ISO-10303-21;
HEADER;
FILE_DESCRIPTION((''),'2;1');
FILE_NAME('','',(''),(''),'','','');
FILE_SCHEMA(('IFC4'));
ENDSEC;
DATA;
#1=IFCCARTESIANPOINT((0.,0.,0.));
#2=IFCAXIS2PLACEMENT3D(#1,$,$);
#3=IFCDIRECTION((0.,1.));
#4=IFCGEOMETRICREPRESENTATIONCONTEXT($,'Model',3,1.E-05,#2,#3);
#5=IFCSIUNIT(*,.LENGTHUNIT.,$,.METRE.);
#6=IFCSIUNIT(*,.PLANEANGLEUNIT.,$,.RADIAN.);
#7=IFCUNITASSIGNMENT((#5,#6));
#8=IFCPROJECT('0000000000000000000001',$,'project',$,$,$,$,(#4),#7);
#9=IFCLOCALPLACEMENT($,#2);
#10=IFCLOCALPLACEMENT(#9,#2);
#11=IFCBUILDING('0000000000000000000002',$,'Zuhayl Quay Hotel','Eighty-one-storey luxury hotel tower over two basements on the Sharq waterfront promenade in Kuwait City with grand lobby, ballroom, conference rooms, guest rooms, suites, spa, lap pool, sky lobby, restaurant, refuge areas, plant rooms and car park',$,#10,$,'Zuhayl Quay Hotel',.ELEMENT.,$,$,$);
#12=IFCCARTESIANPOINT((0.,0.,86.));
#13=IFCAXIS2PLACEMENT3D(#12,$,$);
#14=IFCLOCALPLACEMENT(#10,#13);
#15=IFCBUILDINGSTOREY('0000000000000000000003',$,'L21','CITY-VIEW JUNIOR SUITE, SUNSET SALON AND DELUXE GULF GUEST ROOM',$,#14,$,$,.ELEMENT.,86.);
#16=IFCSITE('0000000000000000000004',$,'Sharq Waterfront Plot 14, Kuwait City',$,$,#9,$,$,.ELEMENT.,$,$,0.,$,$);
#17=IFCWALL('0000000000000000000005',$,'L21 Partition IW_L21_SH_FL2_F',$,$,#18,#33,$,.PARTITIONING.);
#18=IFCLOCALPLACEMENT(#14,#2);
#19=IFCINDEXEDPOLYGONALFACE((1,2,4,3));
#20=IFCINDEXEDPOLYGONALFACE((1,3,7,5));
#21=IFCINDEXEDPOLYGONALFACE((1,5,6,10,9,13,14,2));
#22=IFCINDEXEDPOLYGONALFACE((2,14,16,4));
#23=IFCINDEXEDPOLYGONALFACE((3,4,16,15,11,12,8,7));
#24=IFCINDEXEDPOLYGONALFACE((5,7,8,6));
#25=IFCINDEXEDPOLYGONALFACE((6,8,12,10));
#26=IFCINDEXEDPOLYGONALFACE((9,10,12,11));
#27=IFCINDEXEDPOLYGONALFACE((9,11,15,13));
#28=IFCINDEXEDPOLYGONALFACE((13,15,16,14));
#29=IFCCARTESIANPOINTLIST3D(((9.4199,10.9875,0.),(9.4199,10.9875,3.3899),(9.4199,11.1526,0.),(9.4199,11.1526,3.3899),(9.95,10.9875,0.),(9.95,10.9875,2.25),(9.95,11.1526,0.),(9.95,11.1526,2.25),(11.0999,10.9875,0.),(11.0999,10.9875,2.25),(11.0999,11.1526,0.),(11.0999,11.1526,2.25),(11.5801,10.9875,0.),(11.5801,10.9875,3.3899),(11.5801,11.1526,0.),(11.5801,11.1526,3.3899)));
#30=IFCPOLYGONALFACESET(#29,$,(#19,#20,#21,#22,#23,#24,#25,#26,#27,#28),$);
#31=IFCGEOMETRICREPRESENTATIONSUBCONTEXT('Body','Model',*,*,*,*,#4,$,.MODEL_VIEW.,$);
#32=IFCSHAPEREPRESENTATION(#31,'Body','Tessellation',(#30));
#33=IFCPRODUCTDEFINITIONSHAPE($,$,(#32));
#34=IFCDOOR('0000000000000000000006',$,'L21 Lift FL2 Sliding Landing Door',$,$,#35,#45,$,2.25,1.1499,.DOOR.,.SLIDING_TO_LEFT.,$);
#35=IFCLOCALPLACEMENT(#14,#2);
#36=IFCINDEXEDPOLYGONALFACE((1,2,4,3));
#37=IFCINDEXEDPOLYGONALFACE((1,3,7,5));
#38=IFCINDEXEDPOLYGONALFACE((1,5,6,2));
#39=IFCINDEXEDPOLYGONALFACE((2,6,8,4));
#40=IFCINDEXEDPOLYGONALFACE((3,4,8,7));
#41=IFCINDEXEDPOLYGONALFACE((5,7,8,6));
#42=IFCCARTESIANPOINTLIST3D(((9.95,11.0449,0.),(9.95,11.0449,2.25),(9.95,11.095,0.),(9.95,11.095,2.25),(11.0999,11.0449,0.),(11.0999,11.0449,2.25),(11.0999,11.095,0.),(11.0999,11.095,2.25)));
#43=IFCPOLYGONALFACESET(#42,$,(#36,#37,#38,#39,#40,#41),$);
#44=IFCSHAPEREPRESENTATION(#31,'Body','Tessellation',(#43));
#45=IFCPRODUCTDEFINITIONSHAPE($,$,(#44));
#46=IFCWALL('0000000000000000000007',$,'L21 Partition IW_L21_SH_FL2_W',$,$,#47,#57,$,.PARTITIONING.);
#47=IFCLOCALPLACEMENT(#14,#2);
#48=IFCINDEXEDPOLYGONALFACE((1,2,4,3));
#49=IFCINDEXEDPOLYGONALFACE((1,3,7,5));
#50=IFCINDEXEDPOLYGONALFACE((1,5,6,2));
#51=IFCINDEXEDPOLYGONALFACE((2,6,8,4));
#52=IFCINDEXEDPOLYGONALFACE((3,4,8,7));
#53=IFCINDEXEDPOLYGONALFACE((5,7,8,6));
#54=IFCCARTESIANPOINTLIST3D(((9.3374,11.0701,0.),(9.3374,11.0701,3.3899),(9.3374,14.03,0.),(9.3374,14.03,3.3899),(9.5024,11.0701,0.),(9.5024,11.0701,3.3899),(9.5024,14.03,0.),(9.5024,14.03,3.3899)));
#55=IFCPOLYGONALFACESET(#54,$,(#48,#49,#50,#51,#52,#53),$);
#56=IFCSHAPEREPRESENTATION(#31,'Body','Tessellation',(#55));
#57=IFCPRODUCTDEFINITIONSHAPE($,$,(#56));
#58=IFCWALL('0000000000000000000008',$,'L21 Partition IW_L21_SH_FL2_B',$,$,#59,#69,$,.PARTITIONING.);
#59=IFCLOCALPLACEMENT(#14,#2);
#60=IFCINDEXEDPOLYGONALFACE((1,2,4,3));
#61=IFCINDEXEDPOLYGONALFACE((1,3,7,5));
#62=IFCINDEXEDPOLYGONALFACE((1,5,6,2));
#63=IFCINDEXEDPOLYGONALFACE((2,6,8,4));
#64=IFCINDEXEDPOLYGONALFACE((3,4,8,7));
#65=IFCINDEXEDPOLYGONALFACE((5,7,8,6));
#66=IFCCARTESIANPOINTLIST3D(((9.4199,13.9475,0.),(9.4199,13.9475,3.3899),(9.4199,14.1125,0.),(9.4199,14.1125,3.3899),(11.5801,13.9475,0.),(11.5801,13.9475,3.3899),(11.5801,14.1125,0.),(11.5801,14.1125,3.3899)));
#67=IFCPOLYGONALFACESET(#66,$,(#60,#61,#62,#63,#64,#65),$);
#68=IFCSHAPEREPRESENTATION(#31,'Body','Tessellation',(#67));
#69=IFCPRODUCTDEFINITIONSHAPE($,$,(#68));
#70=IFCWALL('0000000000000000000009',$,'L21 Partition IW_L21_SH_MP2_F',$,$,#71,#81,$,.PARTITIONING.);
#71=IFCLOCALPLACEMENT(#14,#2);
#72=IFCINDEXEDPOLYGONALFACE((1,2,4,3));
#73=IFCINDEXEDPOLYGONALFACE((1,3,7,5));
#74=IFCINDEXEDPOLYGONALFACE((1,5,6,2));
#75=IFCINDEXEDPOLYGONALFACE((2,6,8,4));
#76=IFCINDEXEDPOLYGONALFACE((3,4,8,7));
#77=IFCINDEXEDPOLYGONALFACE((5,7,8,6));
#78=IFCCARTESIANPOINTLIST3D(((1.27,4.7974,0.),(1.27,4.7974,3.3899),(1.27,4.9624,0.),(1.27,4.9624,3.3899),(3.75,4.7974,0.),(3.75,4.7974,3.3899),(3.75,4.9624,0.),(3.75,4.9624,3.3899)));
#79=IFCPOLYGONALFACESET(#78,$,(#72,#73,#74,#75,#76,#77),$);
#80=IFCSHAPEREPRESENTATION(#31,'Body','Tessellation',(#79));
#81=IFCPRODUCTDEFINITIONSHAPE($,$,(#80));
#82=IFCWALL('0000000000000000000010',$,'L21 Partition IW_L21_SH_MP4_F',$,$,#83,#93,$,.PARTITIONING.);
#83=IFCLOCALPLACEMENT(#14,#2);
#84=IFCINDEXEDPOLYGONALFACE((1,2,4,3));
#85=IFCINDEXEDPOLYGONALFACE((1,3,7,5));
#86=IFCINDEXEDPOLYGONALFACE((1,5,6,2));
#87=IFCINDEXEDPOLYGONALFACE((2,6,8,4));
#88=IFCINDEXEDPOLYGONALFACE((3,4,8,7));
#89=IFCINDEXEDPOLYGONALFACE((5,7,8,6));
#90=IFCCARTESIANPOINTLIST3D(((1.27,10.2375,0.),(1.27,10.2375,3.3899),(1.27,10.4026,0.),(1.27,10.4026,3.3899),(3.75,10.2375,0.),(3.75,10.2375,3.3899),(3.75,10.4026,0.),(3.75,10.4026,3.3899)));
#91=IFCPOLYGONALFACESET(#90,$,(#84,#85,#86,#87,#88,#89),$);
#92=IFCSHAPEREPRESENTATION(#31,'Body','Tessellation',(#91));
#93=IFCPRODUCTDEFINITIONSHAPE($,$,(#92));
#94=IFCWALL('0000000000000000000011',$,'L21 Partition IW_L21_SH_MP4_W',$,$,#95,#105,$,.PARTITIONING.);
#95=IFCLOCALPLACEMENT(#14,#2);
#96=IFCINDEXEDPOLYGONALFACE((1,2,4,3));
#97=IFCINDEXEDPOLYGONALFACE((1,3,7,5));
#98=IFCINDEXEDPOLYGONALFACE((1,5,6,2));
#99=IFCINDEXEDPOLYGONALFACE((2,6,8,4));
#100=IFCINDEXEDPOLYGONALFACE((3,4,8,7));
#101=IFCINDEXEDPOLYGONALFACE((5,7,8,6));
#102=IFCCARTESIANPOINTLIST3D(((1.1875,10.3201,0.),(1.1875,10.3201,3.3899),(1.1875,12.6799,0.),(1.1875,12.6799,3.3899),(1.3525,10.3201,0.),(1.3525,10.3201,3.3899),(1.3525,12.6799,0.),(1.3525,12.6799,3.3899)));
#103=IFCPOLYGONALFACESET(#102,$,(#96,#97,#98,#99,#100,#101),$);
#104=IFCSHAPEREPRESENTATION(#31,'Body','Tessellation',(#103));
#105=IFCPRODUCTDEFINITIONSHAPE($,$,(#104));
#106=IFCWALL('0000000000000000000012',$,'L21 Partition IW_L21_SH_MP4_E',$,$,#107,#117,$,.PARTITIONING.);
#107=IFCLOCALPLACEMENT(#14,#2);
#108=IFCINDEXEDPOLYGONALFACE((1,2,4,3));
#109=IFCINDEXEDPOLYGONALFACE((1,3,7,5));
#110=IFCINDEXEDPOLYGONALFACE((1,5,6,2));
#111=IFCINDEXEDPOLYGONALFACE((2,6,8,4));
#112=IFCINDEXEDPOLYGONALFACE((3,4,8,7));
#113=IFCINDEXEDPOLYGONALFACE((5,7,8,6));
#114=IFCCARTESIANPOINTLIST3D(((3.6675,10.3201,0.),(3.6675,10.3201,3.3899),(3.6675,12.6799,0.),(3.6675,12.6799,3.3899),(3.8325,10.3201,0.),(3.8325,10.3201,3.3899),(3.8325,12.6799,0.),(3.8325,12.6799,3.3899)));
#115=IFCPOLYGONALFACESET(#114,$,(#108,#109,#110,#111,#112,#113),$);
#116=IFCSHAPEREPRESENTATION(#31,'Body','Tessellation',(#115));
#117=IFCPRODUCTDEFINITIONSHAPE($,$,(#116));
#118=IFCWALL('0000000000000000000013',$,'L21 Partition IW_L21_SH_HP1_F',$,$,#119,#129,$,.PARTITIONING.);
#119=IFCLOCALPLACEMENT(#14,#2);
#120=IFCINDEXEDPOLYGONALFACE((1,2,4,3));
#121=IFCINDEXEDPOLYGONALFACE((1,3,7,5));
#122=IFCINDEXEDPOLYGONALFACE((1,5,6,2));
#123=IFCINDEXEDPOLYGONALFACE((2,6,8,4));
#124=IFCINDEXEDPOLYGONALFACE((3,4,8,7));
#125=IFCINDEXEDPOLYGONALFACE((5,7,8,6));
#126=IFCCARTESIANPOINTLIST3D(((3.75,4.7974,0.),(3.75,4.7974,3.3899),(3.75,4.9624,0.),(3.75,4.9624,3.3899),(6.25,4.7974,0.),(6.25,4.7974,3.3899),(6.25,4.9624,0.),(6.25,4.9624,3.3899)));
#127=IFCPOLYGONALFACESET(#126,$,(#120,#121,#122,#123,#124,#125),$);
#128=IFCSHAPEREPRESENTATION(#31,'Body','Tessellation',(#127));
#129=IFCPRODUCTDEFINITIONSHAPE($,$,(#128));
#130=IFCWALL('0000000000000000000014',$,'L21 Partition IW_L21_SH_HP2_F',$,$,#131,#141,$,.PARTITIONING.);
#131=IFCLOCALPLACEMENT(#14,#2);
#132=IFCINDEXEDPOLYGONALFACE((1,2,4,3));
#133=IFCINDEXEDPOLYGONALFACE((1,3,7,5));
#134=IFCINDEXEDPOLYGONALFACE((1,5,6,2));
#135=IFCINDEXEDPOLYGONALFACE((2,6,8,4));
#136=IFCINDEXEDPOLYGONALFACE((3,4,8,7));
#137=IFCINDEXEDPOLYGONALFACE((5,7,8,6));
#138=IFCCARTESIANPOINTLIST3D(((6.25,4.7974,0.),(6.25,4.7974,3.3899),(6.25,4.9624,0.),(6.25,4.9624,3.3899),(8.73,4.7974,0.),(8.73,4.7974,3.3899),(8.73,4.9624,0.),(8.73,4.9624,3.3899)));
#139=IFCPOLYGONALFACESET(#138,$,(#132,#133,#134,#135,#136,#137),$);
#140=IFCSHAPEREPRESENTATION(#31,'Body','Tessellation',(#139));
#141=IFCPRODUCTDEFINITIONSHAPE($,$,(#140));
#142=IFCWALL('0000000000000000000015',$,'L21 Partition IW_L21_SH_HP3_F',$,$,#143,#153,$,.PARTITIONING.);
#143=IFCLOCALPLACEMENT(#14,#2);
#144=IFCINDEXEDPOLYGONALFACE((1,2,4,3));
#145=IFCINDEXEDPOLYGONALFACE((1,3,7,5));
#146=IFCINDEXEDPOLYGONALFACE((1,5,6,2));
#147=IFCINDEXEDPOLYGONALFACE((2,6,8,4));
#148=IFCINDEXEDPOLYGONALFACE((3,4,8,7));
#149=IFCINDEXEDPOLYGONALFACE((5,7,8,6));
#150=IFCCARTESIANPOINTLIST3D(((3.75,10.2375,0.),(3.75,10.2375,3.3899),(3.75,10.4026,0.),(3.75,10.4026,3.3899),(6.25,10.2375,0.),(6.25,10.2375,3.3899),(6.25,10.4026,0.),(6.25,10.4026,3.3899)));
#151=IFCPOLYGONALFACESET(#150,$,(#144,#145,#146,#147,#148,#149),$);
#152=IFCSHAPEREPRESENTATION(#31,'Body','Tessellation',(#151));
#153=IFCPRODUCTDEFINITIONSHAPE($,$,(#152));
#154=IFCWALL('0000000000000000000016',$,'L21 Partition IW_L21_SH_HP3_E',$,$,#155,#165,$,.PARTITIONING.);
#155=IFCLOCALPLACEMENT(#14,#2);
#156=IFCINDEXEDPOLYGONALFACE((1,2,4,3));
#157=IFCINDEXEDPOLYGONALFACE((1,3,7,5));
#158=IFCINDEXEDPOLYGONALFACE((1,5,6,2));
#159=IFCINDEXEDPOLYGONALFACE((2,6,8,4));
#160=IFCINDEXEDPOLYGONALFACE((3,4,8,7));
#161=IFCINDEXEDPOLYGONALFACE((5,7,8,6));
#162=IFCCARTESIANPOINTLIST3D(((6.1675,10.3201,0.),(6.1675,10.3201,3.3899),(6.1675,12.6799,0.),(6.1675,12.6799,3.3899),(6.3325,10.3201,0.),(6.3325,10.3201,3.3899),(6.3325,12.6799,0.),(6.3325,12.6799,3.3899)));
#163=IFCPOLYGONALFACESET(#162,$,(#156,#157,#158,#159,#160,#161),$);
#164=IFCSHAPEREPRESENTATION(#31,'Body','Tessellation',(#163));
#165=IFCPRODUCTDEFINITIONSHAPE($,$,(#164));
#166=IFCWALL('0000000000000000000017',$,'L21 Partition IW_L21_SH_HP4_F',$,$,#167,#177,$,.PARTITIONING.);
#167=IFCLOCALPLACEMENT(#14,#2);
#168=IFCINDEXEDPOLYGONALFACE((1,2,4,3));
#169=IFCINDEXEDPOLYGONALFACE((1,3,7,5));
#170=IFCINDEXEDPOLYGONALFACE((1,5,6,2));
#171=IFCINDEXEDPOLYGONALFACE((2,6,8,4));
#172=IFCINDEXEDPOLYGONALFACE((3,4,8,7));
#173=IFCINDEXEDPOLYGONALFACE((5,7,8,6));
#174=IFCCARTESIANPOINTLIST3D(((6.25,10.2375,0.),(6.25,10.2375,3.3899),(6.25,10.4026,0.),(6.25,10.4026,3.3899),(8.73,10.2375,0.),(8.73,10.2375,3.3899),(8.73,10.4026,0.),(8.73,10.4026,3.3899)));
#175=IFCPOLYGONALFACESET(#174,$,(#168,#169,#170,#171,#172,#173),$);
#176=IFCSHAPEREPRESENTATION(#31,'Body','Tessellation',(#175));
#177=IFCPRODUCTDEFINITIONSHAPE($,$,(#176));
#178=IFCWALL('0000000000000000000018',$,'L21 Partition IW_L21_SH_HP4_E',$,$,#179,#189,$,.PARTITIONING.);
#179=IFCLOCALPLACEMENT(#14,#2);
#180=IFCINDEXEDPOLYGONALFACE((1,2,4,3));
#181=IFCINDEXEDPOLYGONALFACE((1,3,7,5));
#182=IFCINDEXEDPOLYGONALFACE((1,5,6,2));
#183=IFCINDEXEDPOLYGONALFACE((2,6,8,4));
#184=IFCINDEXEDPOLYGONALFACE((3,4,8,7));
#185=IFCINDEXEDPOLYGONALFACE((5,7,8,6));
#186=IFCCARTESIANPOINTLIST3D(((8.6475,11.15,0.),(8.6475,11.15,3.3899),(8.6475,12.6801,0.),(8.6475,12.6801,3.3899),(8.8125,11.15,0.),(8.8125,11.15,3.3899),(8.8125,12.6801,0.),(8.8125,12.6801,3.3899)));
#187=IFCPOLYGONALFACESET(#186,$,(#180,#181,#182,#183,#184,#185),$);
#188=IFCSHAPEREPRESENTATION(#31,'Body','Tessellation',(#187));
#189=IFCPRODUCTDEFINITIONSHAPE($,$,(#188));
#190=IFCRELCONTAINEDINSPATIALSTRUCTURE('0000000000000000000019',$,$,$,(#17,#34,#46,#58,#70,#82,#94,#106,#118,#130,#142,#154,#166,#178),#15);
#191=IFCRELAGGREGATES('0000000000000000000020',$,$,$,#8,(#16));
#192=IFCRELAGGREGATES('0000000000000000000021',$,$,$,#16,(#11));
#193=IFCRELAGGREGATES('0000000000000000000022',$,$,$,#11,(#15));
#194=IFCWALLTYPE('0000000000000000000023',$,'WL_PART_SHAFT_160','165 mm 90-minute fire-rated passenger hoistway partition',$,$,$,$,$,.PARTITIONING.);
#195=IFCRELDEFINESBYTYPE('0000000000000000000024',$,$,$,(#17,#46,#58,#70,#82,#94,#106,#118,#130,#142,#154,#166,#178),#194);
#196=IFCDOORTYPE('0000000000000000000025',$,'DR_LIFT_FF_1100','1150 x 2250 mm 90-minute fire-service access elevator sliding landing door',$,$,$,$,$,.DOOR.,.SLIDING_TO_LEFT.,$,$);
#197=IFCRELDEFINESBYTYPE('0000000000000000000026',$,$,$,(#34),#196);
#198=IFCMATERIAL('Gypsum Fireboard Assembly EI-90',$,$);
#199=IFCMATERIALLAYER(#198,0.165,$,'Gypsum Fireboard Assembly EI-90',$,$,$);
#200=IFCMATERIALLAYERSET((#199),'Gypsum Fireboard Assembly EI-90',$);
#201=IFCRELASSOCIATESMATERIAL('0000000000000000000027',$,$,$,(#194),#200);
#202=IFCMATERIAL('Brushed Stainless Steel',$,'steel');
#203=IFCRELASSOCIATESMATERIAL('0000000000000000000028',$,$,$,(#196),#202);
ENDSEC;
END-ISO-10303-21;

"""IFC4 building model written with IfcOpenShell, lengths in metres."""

from ifc_helpers import new_model, si_unit, direction, frame, frame_2d, origin, place, context, subcontext, project, spatial, rectangle, extrude, material, layer, layer_set, type_object, element, fill, save


model = new_model("IFC4")

# Units and contexts
model_context = context("Model", 3, precision=1e-05, world=origin(), true_north=direction((0.0, 1.0)))
body_context = subcontext(model_context, "Body", "Model", "MODEL_VIEW")
ifc_project = project(units=[si_unit("LENGTHUNIT", "METRE"), si_unit("PLANEANGLEUNIT", "RADIAN")], contexts=[model_context])

# Site, building, storey
site_placement = place(None, origin())
site = spatial("IfcSite", under=ifc_project, at=site_placement, Name="Sharq Waterfront Plot 14, Kuwait City", CompositionType="ELEMENT", RefElevation=0.0)
building_placement = place(site_placement, origin())
building = spatial("IfcBuilding", under=site, at=building_placement, Name="Zuhayl Quay Hotel", Description="Eighty-one-storey luxury hotel tower over two basements on the Sharq waterfront promenade in Kuwait City with grand lobby, ballroom, conference rooms, guest rooms, suites, spa, lap pool, sky lobby, restaurant, refuge areas, plant rooms and car park", LongName="Zuhayl Quay Hotel", CompositionType="ELEMENT")
storey_placement = place(building_placement, frame((0.0, 0.0, 86.0)))
storey = spatial("IfcBuildingStorey", under=building, at=storey_placement, Name="L21", Description="CITY-VIEW JUNIOR SUITE, SUNSET SALON AND DELUXE GULF GUEST ROOM", CompositionType="ELEMENT", Elevation=86.0)

# Wall, opening, door
ifc_material_1 = material(Name="Gypsum Fireboard Assembly EI-90")
ifc_layer_1 = layer(ifc_material_1, 0.165, Name="Gypsum Fireboard Assembly EI-90")
ifc_layer_set_1 = layer_set([ifc_layer_1], Name="Gypsum Fireboard Assembly EI-90")
wall_type_1 = type_object("IfcWallType", Name="WL_PART_SHAFT_160", Description="165 mm 90-minute fire-rated passenger hoistway partition", PredefinedType="PARTITIONING", material=ifc_layer_set_1)
wall_1_placement = place(storey_placement, frame((9.4199, 11.0701, 0.0), z_axis=(0.0, 0.0, 1.0), x_axis=(1.0, 0.0, 0.0)))
wall_1 = element("IfcWall", 1, at=wall_1_placement, inside=storey, type_object=wall_type_1, Name="L21 Partition IW_L21_SH_FL2_F", PredefinedType="PARTITIONING", context=body_context, shape_type="SweptSolid", body=[
    extrude(rectangle(XDim=2.1602, YDim=0.165, at=frame_2d((1.0801, 0.0))), origin(), (0.0, 0.0, 1.0), 3.3899),
])
opening_1_placement = place(wall_1_placement, frame((0.53, 0.0, 0.0)))
opening_1 = element("IfcOpeningElement", 2, at=opening_1_placement, cuts=wall_1, PredefinedType="OPENING", context=body_context, shape_type="SweptSolid", body=[
    extrude(rectangle(XDim=1.1499, YDim=2.25, at=frame_2d((0.575, 1.125))), frame((0.0, 0.0925, 0.0), z_axis=(0.0, -1.0, 0.0), x_axis=(1.0, 0.0, 0.0)), (0.0, 0.0, 1.0), 0.1851),
])
ifc_material_2 = material(Name="Brushed Stainless Steel", Category="steel")
door_type_1 = type_object("IfcDoorType", Name="DR_LIFT_FF_1100", Description="1150 x 2250 mm 90-minute fire-service access elevator sliding landing door", OperationType="SLIDING_TO_LEFT", PredefinedType="DOOR", material=ifc_material_2)
door_1_placement = place(opening_1_placement, origin())
door_1 = element("IfcDoor", 3, at=door_1_placement, inside=storey, type_object=door_type_1, Name="L21 Lift FL2 Sliding Landing Door", OperationType="SLIDING_TO_LEFT", OverallHeight=2.25, OverallWidth=1.1499, PredefinedType="DOOR", context=body_context, shape_type="SweptSolid", body=[
    extrude(rectangle(XDim=1.1499, YDim=2.25, at=frame_2d((0.575, 1.125))), frame((0.0, 0.0249, 0.0), z_axis=(0.0, -1.0, 0.0), x_axis=(1.0, 0.0, 0.0)), (0.0, 0.0, 1.0), 0.05),
])
fill(opening_1, door_1)

# Walls
wall_2_placement = place(storey_placement, frame((9.4199, 11.0701, 0.0), z_axis=(0.0, 0.0, 1.0), x_axis=(0.0, 1.0, 0.0)))
element("IfcWall", 4, at=wall_2_placement, inside=storey, type_object=wall_type_1, Name="L21 Partition IW_L21_SH_FL2_W", PredefinedType="PARTITIONING", context=body_context, shape_type="SweptSolid", body=[
    extrude(rectangle(XDim=2.96, YDim=0.165, at=frame_2d((1.48, 0.0))), origin(), (0.0, 0.0, 1.0), 3.3899),
])
wall_3_placement = place(storey_placement, frame((9.4199, 14.03, 0.0), z_axis=(0.0, 0.0, 1.0), x_axis=(1.0, 0.0, 0.0)))
element("IfcWall", 5, at=wall_3_placement, inside=storey, type_object=wall_type_1, Name="L21 Partition IW_L21_SH_FL2_B", PredefinedType="PARTITIONING", context=body_context, shape_type="SweptSolid", body=[
    extrude(rectangle(XDim=2.1602, YDim=0.165, at=frame_2d((1.0801, 0.0))), origin(), (0.0, 0.0, 1.0), 3.3899),
])
for number, where, z_axis, x_axis, name in (
    (6, (1.27, 4.8799, 0.0), (0.0, 0.0, 1.0), (1.0, 0.0, 0.0), "L21 Partition IW_L21_SH_MP2_F"),
    (7, (1.27, 10.3201, 0.0), (0.0, 0.0, 1.0), (1.0, 0.0, 0.0), "L21 Partition IW_L21_SH_MP4_F"),
):
    element("IfcWall", number, at=place(storey_placement, frame(where, z_axis=z_axis, x_axis=x_axis)), inside=storey, type_object=wall_type_1, Name=name, PredefinedType="PARTITIONING", context=body_context, shape_type="SweptSolid", body=[
        extrude(rectangle(XDim=2.48, YDim=0.165, at=frame_2d((1.24, 0.0))), origin(), (0.0, 0.0, 1.0), 3.3899),
    ])
for number, where, z_axis, x_axis, name in (
    (8, (1.27, 10.3201, 0.0), (0.0, 0.0, 1.0), (0.0, 1.0, 0.0), "L21 Partition IW_L21_SH_MP4_W"),
    (9, (3.75, 10.3201, 0.0), (0.0, 0.0, 1.0), (0.0, 1.0, 0.0), "L21 Partition IW_L21_SH_MP4_E"),
):
    element("IfcWall", number, at=place(storey_placement, frame(where, z_axis=z_axis, x_axis=x_axis)), inside=storey, type_object=wall_type_1, Name=name, PredefinedType="PARTITIONING", context=body_context, shape_type="SweptSolid", body=[
        extrude(rectangle(XDim=2.3599, YDim=0.165, at=frame_2d((1.1799, 0.0))), origin(), (0.0, 0.0, 1.0), 3.3899),
    ])
wall_4_placement = place(storey_placement, frame((3.75, 4.8799, 0.0), z_axis=(0.0, 0.0, 1.0), x_axis=(1.0, 0.0, 0.0)))
element("IfcWall", 10, at=wall_4_placement, inside=storey, type_object=wall_type_1, Name="L21 Partition IW_L21_SH_HP1_F", PredefinedType="PARTITIONING", context=body_context, shape_type="SweptSolid", body=[
    extrude(rectangle(XDim=2.5, YDim=0.165, at=frame_2d((1.25, 0.0))), origin(), (0.0, 0.0, 1.0), 3.3899),
])
wall_5_placement = place(storey_placement, frame((6.25, 4.8799, 0.0), z_axis=(0.0, 0.0, 1.0), x_axis=(1.0, 0.0, 0.0)))
element("IfcWall", 11, at=wall_5_placement, inside=storey, type_object=wall_type_1, Name="L21 Partition IW_L21_SH_HP2_F", PredefinedType="PARTITIONING", context=body_context, shape_type="SweptSolid", body=[
    extrude(rectangle(XDim=2.48, YDim=0.165, at=frame_2d((1.24, 0.0))), origin(), (0.0, 0.0, 1.0), 3.3899),
])
wall_6_placement = place(storey_placement, frame((3.75, 10.3201, 0.0), z_axis=(0.0, 0.0, 1.0), x_axis=(1.0, 0.0, 0.0)))
element("IfcWall", 12, at=wall_6_placement, inside=storey, type_object=wall_type_1, Name="L21 Partition IW_L21_SH_HP3_F", PredefinedType="PARTITIONING", context=body_context, shape_type="SweptSolid", body=[
    extrude(rectangle(XDim=2.5, YDim=0.165, at=frame_2d((1.25, 0.0))), origin(), (0.0, 0.0, 1.0), 3.3899),
])
wall_7_placement = place(storey_placement, frame((6.25, 10.3201, 0.0), z_axis=(0.0, 0.0, 1.0), x_axis=(0.0, 1.0, 0.0)))
element("IfcWall", 13, at=wall_7_placement, inside=storey, type_object=wall_type_1, Name="L21 Partition IW_L21_SH_HP3_E", PredefinedType="PARTITIONING", context=body_context, shape_type="SweptSolid", body=[
    extrude(rectangle(XDim=2.3599, YDim=0.165, at=frame_2d((1.1799, 0.0))), origin(), (0.0, 0.0, 1.0), 3.3899),
])
wall_8_placement = place(storey_placement, frame((6.25, 10.3201, 0.0), z_axis=(0.0, 0.0, 1.0), x_axis=(1.0, 0.0, 0.0)))
element("IfcWall", 14, at=wall_8_placement, inside=storey, type_object=wall_type_1, Name="L21 Partition IW_L21_SH_HP4_F", PredefinedType="PARTITIONING", context=body_context, shape_type="SweptSolid", body=[
    extrude(rectangle(XDim=2.48, YDim=0.165, at=frame_2d((1.24, 0.0))), origin(), (0.0, 0.0, 1.0), 3.3899),
])
wall_9_placement = place(storey_placement, frame((8.73, 11.1499, 0.0), z_axis=(0.0, 0.0, 1.0), x_axis=(0.0, 1.0, 0.0)))
element("IfcWall", 15, at=wall_9_placement, inside=storey, type_object=wall_type_1, Name="L21 Partition IW_L21_SH_HP4_E", PredefinedType="PARTITIONING", context=body_context, shape_type="SweptSolid", body=[
    extrude(rectangle(XDim=1.53, YDim=0.165, at=frame_2d((0.7651, 0.0))), origin(), (0.0, 0.0, 1.0), 3.3899),
])

save(model, "model.ifc")
